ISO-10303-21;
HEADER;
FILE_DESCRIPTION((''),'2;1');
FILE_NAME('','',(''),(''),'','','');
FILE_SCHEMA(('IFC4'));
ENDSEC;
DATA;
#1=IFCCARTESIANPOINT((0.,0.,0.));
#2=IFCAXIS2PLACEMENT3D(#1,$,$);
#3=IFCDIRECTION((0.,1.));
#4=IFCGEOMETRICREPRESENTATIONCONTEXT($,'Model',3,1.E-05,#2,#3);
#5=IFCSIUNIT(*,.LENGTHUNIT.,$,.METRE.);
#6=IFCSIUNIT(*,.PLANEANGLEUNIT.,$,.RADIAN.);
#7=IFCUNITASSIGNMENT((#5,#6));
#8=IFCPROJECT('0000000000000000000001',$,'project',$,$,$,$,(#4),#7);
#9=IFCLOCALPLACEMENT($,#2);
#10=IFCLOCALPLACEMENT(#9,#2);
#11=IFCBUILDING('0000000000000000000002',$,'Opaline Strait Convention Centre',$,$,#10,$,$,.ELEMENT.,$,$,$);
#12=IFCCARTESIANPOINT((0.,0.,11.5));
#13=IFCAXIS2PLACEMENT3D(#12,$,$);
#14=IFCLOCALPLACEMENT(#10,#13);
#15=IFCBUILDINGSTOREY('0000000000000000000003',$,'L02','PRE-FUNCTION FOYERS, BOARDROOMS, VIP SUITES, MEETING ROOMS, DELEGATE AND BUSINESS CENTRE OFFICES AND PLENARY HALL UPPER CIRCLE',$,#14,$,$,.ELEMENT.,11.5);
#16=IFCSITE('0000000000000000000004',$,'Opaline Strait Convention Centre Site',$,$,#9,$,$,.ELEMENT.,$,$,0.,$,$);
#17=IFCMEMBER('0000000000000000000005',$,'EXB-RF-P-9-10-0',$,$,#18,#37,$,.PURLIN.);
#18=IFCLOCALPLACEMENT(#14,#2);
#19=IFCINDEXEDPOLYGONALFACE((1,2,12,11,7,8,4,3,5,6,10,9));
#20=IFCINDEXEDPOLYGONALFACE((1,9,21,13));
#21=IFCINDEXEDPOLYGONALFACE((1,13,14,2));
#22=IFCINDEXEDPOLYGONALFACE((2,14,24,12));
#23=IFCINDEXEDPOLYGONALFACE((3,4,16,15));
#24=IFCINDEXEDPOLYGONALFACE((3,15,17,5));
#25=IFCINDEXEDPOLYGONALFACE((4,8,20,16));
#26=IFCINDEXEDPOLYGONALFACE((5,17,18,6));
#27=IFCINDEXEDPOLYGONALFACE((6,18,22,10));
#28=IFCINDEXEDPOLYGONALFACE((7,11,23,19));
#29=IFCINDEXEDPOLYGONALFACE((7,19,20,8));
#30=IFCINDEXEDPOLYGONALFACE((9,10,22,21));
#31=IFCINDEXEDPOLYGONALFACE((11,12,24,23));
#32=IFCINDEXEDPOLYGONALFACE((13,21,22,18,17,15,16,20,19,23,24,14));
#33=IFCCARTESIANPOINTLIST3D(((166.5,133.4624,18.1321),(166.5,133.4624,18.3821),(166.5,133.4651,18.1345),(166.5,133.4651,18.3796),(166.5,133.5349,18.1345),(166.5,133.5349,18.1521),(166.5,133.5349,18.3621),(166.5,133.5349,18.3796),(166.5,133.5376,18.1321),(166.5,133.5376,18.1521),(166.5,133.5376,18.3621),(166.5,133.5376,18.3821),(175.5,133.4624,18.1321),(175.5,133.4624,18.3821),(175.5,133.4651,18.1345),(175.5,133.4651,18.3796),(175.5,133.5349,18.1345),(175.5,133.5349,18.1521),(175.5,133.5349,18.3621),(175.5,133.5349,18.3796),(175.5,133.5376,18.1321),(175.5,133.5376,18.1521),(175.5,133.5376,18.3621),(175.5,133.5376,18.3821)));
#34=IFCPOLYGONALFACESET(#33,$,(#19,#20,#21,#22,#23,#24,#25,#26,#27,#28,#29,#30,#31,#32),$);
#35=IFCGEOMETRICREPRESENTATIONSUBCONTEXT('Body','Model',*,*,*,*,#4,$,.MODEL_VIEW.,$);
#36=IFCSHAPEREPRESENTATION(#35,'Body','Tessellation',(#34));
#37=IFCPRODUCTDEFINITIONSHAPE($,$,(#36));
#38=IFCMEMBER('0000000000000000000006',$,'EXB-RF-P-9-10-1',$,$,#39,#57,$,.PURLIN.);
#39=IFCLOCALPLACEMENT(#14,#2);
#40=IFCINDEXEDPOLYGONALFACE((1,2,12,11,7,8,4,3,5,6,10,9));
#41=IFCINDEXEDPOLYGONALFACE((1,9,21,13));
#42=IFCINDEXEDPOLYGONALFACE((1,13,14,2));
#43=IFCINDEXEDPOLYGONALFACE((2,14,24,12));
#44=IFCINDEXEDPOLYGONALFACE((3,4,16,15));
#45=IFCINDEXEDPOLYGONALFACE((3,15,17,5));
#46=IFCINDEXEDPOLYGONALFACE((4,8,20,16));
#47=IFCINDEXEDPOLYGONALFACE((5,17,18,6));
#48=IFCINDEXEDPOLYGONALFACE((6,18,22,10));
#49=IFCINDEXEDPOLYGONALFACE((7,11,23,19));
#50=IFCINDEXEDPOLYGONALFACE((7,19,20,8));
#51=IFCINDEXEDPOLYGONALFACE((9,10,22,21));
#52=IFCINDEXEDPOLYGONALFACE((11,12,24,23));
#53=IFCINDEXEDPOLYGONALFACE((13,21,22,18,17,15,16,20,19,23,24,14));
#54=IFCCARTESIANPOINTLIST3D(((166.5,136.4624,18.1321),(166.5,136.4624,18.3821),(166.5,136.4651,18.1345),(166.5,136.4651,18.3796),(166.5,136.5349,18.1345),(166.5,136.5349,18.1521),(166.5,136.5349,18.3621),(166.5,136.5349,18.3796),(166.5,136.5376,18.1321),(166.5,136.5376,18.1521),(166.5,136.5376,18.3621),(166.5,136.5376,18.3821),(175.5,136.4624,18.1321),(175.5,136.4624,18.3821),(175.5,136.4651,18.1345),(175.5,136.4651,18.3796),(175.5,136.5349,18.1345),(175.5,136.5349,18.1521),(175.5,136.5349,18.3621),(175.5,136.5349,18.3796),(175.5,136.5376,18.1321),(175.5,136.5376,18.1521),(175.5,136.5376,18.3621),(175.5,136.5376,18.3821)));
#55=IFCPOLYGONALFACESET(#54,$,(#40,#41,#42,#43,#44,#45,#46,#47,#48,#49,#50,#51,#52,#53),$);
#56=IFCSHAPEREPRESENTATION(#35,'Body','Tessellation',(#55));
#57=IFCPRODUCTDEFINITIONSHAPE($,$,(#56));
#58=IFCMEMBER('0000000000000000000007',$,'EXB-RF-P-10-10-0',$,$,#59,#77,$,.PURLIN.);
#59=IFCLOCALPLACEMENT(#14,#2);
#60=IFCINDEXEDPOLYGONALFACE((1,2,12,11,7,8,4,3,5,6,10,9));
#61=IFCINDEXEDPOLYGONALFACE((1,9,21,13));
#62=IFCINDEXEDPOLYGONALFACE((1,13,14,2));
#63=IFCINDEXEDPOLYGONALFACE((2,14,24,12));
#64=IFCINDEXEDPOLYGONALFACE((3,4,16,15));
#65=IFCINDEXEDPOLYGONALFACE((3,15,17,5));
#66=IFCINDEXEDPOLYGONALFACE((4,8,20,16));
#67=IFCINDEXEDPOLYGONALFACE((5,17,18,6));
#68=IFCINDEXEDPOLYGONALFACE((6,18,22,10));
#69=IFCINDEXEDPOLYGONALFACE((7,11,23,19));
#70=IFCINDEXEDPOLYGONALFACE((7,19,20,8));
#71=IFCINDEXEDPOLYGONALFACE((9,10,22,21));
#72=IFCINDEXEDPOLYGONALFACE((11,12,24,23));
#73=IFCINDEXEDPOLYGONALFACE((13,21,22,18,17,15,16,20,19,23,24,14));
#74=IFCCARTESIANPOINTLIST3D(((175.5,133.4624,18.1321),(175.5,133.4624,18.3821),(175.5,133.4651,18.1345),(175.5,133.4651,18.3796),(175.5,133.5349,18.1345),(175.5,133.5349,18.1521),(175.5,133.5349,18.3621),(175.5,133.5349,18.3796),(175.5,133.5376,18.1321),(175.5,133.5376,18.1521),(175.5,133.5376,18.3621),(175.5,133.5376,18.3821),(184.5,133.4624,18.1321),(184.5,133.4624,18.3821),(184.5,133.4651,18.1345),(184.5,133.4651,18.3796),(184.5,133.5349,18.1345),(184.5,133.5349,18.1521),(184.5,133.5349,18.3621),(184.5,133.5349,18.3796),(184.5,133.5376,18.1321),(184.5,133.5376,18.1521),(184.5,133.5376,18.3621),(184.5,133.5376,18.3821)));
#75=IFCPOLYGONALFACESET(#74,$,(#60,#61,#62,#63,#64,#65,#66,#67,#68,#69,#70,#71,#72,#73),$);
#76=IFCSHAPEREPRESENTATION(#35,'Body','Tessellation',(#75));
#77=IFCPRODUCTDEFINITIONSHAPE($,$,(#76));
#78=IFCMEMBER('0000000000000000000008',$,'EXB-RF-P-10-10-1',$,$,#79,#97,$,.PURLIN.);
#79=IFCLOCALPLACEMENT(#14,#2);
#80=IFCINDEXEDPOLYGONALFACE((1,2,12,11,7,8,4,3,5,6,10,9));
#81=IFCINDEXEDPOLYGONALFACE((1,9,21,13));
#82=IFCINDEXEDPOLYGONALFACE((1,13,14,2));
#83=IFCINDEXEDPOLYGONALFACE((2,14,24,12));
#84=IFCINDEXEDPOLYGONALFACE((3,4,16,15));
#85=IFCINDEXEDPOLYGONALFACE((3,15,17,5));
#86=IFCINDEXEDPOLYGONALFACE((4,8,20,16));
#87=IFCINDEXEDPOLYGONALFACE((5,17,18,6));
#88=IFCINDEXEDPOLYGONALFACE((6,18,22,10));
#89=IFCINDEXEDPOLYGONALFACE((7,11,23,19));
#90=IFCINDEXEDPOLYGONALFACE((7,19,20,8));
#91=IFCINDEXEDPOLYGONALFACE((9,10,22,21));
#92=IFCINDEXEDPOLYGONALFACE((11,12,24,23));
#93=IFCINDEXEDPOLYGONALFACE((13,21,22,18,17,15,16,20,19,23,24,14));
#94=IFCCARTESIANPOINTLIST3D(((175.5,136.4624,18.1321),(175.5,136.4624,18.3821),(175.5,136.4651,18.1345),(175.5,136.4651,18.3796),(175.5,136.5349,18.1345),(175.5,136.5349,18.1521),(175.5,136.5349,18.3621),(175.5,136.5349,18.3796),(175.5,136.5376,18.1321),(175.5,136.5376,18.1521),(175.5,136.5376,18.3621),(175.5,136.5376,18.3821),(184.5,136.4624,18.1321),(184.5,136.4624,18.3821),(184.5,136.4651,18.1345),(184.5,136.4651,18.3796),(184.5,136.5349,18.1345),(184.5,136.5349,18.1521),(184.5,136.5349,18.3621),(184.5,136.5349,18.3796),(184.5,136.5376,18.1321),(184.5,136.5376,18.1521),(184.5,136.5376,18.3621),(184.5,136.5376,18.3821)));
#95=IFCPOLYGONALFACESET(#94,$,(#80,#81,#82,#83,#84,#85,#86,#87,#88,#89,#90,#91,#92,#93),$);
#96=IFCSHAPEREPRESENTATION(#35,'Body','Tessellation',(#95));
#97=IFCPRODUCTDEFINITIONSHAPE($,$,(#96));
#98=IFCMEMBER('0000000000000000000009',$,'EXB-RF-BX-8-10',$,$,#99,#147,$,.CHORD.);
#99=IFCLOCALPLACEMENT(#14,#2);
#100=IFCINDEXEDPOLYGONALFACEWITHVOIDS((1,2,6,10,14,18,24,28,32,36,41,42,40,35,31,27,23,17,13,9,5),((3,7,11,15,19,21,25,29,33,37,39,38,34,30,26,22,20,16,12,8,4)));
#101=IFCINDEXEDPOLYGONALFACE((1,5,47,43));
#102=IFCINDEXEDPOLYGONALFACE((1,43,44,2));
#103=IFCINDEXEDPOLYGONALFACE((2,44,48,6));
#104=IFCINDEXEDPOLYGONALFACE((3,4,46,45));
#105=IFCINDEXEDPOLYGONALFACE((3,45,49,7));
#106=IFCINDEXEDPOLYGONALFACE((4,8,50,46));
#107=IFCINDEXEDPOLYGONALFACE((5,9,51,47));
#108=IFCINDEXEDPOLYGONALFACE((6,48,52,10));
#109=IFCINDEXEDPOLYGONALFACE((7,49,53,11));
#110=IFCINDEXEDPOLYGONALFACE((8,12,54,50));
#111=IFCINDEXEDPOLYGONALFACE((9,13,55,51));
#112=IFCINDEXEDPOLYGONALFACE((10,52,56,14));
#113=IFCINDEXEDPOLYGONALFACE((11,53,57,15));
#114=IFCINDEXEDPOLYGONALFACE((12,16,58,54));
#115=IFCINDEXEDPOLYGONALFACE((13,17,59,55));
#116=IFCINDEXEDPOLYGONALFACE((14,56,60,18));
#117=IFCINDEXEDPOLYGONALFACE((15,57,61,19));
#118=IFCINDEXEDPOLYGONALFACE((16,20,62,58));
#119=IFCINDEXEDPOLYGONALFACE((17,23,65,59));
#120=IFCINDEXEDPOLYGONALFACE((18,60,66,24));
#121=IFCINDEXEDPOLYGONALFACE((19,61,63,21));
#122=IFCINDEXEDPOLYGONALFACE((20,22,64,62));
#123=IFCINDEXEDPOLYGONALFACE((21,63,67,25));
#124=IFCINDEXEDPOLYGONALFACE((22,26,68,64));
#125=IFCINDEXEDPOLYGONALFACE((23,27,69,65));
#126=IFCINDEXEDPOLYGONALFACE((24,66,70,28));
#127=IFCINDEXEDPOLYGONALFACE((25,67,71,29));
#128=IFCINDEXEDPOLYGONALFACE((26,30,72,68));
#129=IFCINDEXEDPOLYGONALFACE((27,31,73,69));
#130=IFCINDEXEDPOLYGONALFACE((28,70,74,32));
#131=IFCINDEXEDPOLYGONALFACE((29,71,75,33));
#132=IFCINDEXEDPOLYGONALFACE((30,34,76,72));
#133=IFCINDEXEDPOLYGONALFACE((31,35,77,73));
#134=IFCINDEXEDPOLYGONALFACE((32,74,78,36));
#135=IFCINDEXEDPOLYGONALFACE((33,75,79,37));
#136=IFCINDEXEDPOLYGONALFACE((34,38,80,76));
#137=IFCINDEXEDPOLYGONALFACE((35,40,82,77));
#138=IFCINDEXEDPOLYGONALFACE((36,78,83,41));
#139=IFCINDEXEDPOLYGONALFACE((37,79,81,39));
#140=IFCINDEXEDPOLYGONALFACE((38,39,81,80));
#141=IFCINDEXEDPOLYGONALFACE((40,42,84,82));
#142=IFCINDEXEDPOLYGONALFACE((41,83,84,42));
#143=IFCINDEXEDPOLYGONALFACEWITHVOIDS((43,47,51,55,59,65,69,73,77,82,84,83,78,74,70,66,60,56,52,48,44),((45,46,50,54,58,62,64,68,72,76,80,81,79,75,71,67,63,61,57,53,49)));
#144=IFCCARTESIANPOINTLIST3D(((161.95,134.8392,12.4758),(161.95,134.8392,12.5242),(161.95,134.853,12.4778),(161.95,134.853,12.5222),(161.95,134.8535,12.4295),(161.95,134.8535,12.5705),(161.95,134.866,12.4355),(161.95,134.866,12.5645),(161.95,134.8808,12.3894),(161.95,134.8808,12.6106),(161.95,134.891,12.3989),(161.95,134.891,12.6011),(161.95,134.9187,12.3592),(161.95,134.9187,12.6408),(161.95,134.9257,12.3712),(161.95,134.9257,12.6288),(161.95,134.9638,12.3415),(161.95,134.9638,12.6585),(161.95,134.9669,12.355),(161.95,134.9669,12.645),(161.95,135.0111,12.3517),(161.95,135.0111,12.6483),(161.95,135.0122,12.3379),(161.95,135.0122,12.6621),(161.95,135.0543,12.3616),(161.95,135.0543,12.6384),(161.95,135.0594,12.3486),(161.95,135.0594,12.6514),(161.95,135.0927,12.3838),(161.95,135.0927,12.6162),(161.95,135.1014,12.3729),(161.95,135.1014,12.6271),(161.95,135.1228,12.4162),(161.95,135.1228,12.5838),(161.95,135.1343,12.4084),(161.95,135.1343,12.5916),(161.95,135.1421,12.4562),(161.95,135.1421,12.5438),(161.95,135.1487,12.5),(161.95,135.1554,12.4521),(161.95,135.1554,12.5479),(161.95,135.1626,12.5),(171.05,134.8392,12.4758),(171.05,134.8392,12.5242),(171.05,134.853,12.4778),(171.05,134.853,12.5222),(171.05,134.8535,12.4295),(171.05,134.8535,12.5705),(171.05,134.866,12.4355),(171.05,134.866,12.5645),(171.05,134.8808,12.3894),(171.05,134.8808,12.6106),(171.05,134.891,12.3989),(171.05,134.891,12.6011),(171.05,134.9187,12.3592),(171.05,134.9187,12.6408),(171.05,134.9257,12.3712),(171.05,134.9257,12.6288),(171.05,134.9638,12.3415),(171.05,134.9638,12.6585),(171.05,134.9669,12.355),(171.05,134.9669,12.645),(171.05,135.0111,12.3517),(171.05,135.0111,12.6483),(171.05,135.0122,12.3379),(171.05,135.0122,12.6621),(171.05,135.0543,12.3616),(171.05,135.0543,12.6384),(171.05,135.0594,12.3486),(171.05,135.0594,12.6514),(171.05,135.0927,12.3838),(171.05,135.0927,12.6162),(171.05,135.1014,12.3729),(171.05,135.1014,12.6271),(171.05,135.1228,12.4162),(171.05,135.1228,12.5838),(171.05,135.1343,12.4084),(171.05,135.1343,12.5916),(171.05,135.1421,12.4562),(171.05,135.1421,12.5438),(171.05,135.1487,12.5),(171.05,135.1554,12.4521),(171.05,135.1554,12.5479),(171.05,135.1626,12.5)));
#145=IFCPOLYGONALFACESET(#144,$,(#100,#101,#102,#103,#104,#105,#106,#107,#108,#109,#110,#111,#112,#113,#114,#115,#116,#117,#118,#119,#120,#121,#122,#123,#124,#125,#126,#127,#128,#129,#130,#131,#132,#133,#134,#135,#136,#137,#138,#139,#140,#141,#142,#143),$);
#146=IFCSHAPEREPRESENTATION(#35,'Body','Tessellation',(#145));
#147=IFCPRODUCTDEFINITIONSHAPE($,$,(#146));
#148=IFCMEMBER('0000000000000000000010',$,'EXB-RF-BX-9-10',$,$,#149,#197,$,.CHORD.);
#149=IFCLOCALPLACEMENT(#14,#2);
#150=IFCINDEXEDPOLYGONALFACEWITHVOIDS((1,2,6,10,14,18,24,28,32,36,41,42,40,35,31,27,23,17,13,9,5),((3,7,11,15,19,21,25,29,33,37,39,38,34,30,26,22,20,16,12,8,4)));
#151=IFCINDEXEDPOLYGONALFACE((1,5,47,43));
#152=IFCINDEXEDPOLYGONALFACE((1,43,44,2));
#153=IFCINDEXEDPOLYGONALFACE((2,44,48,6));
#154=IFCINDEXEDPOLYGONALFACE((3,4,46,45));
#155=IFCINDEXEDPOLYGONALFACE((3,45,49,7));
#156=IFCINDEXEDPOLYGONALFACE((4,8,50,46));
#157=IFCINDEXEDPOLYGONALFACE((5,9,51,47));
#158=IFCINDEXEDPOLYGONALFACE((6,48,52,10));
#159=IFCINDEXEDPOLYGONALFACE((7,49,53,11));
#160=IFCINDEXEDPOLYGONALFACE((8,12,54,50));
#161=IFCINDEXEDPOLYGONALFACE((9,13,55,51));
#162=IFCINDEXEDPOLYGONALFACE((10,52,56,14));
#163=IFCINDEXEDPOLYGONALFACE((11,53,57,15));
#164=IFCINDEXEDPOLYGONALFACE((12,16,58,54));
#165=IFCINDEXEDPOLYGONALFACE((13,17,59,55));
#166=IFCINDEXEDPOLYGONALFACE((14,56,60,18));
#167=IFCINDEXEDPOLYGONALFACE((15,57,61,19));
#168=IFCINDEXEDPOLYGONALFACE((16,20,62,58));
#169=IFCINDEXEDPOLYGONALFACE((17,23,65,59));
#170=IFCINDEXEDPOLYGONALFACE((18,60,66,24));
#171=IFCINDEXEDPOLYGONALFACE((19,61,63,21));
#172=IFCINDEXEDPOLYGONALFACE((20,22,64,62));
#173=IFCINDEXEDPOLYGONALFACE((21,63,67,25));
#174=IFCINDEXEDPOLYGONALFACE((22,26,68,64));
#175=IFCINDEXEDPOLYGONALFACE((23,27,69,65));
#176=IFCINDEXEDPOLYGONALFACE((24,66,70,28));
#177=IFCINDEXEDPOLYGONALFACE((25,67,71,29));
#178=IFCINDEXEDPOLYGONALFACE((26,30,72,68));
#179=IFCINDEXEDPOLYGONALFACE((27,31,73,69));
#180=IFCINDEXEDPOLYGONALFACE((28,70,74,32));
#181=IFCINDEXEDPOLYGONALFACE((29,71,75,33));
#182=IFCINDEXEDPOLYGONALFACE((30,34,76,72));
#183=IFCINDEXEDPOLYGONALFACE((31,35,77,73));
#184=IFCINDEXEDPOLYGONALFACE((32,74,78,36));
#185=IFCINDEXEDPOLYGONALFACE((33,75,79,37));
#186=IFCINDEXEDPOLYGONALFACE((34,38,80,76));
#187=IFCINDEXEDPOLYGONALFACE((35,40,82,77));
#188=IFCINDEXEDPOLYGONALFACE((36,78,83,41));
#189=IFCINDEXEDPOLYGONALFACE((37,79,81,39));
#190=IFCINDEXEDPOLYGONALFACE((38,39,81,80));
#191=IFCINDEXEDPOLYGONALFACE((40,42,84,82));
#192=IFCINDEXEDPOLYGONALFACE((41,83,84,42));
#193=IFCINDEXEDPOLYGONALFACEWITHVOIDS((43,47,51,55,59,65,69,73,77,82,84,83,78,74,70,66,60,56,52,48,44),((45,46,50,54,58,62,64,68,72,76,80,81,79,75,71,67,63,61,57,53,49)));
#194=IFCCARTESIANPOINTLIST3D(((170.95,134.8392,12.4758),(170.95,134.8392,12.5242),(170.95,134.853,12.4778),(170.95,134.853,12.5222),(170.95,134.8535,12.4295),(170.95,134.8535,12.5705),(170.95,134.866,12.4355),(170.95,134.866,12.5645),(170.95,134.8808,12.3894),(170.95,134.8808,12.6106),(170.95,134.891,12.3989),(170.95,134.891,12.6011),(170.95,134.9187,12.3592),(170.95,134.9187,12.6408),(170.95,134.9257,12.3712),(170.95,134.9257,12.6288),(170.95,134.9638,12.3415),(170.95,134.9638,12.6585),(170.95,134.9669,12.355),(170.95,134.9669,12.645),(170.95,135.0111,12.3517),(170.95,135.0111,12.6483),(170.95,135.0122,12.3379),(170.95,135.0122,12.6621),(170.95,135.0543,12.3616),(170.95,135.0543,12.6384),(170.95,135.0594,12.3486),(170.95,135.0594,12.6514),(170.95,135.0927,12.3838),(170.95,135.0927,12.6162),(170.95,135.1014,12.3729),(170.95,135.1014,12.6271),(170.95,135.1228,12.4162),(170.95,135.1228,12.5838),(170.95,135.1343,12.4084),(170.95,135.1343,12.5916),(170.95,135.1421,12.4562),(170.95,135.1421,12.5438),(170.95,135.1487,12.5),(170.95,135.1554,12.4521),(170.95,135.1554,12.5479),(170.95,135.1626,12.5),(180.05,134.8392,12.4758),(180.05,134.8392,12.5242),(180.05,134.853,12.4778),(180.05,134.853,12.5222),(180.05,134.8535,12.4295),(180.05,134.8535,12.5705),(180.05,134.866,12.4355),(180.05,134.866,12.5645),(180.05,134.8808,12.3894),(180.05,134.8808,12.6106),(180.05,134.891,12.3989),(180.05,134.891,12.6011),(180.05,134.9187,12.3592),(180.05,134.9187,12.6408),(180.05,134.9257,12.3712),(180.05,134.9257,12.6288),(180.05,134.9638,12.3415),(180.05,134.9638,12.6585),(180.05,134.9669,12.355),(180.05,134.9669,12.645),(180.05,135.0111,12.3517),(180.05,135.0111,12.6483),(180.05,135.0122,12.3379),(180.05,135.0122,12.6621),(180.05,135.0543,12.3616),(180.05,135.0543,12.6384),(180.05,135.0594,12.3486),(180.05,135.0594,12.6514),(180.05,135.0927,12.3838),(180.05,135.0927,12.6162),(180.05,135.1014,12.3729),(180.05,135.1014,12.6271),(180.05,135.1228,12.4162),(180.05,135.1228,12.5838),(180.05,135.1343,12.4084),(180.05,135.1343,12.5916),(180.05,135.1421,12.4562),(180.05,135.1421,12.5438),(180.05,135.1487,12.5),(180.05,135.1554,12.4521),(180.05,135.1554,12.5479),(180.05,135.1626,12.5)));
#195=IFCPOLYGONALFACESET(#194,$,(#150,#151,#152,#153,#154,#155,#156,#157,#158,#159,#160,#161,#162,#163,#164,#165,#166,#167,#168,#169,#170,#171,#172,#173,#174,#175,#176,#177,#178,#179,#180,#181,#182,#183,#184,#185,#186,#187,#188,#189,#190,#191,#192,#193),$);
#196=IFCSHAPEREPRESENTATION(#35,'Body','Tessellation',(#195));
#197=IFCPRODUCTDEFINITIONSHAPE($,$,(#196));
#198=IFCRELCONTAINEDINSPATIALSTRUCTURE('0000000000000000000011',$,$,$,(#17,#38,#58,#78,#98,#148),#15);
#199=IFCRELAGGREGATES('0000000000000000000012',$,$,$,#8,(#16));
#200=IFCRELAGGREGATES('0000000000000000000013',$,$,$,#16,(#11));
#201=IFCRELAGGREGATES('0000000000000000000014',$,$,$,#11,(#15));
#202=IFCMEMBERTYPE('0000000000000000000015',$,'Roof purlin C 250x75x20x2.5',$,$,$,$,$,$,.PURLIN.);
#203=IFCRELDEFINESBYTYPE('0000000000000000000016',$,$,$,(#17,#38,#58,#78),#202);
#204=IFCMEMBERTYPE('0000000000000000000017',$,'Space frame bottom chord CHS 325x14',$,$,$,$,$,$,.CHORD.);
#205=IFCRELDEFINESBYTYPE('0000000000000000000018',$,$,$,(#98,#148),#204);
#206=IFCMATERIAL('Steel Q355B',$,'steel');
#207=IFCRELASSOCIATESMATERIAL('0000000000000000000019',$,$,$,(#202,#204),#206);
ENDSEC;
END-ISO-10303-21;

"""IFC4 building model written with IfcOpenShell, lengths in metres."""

from ifc_helpers import new_model, si_unit, direction, frame, origin, origin_2d, place, context, subcontext, project, spatial, polyline, hollow_circle, outline, extrude, material, material_profile, profile_set, type_object, element, save


model = new_model("IFC4")

# Units and contexts
model_context = context("Model", 3, precision=1e-05, world=origin(), true_north=direction((0.0, 1.0)))
body_context = subcontext(model_context, "Body", "Model", "MODEL_VIEW")
ifc_project = project(units=[si_unit("LENGTHUNIT", "METRE"), si_unit("PLANEANGLEUNIT", "RADIAN")], contexts=[model_context])

# Site, building, storey
site_placement = place(None, origin())
site = spatial("IfcSite", under=ifc_project, at=site_placement, Name="Opaline Strait Convention Centre Site", CompositionType="ELEMENT", RefElevation=0.0)
building_placement = place(site_placement, origin())
building = spatial("IfcBuilding", under=site, at=building_placement, Name="Opaline Strait Convention Centre", CompositionType="ELEMENT")
storey_placement = place(building_placement, frame((0.0, 0.0, 11.5)))
storey = spatial("IfcBuildingStorey", under=building, at=storey_placement, Name="L02", Description="PRE-FUNCTION FOYERS, BOARDROOMS, VIP SUITES, MEETING ROOMS, DELEGATE AND BUSINESS CENTRE OFFICES AND PLENARY HALL UPPER CIRCLE", CompositionType="ELEMENT", Elevation=11.5)

# Members
ifc_material = material(Name="Steel Q355B", Category="steel")
ifc_material_profile_1 = material_profile(ifc_material, outline(polyline([(-0.0376, -0.125), (0.0376, -0.125), (0.0376, -0.105), (0.0349, -0.105), (0.0349, -0.1226), (-0.0349, -0.1226), (-0.0349, 0.1226), (0.0349, 0.1226), (0.0349, 0.105), (0.0376, 0.105), (0.0376, 0.125), (-0.0376, 0.125), (-0.0376, -0.125)])), Name="C 250x75x20x2.5")
ifc_profile_set_1 = profile_set([ifc_material_profile_1], Name="Steel Q355B")
member_type_1 = type_object("IfcMemberType", Name="Roof purlin C 250x75x20x2.5", PredefinedType="PURLIN", material=ifc_profile_set_1)
for number, where, z_axis, x_axis, name in (
    (1, (166.5, 133.5, 18.2571), (1.0, 0.0, 0.0), (0.0, 1.0, 0.0), "EXB-RF-P-9-10-0"),
    (2, (166.5, 136.5, 18.2571), (1.0, 0.0, 0.0), (0.0, 1.0, 0.0), "EXB-RF-P-9-10-1"),
    (3, (175.5, 133.5, 18.2571), (1.0, 0.0, 0.0), (0.0, 1.0, 0.0), "EXB-RF-P-10-10-0"),
    (4, (175.5, 136.5, 18.2571), (1.0, 0.0, 0.0), (0.0, 1.0, 0.0), "EXB-RF-P-10-10-1"),
):
    element("IfcMember", number, at=place(storey_placement, frame(where, z_axis=z_axis, x_axis=x_axis)), inside=storey, type_object=member_type_1, Name=name, PredefinedType="PURLIN", context=body_context, shape_type="SweptSolid", body=[
        extrude(outline(polyline([(-0.0376, -0.125), (0.0376, -0.125), (0.0376, -0.105), (0.0349, -0.105), (0.0349, -0.1226), (-0.0349, -0.1226), (-0.0349, 0.1226), (0.0349, 0.1226), (0.0349, 0.105), (0.0376, 0.105), (0.0376, 0.125), (-0.0376, 0.125), (-0.0376, -0.125)])), origin(), (0.0, 0.0, 1.0), 9.0),
    ])
ifc_material_profile_2 = material_profile(ifc_material, hollow_circle(Radius=0.1626, WallThickness=0.0139, at=origin_2d()), Name="CHS 325x14")
ifc_profile_set_2 = profile_set([ifc_material_profile_2], Name="Steel Q355B")
member_type_2 = type_object("IfcMemberType", Name="Space frame bottom chord CHS 325x14", PredefinedType="CHORD", material=ifc_profile_set_2)
for number, where, z_axis, x_axis, name in (
    (5, (161.95, 135.0, 12.5), (1.0, 0.0, 0.0), (0.0, 1.0, 0.0), "EXB-RF-BX-8-10"),
    (6, (170.95, 135.0, 12.5), (1.0, 0.0, 0.0), (0.0, 1.0, 0.0), "EXB-RF-BX-9-10"),
):
    element("IfcMember", number, at=place(storey_placement, frame(where, z_axis=z_axis, x_axis=x_axis)), inside=storey, type_object=member_type_2, Name=name, PredefinedType="CHORD", context=body_context, shape_type="SweptSolid", body=[
        extrude(hollow_circle(Radius=0.1626, WallThickness=0.0139, at=origin_2d()), origin(), (0.0, 0.0, 1.0), 9.1001),
    ])

save(model, "model.ifc")
